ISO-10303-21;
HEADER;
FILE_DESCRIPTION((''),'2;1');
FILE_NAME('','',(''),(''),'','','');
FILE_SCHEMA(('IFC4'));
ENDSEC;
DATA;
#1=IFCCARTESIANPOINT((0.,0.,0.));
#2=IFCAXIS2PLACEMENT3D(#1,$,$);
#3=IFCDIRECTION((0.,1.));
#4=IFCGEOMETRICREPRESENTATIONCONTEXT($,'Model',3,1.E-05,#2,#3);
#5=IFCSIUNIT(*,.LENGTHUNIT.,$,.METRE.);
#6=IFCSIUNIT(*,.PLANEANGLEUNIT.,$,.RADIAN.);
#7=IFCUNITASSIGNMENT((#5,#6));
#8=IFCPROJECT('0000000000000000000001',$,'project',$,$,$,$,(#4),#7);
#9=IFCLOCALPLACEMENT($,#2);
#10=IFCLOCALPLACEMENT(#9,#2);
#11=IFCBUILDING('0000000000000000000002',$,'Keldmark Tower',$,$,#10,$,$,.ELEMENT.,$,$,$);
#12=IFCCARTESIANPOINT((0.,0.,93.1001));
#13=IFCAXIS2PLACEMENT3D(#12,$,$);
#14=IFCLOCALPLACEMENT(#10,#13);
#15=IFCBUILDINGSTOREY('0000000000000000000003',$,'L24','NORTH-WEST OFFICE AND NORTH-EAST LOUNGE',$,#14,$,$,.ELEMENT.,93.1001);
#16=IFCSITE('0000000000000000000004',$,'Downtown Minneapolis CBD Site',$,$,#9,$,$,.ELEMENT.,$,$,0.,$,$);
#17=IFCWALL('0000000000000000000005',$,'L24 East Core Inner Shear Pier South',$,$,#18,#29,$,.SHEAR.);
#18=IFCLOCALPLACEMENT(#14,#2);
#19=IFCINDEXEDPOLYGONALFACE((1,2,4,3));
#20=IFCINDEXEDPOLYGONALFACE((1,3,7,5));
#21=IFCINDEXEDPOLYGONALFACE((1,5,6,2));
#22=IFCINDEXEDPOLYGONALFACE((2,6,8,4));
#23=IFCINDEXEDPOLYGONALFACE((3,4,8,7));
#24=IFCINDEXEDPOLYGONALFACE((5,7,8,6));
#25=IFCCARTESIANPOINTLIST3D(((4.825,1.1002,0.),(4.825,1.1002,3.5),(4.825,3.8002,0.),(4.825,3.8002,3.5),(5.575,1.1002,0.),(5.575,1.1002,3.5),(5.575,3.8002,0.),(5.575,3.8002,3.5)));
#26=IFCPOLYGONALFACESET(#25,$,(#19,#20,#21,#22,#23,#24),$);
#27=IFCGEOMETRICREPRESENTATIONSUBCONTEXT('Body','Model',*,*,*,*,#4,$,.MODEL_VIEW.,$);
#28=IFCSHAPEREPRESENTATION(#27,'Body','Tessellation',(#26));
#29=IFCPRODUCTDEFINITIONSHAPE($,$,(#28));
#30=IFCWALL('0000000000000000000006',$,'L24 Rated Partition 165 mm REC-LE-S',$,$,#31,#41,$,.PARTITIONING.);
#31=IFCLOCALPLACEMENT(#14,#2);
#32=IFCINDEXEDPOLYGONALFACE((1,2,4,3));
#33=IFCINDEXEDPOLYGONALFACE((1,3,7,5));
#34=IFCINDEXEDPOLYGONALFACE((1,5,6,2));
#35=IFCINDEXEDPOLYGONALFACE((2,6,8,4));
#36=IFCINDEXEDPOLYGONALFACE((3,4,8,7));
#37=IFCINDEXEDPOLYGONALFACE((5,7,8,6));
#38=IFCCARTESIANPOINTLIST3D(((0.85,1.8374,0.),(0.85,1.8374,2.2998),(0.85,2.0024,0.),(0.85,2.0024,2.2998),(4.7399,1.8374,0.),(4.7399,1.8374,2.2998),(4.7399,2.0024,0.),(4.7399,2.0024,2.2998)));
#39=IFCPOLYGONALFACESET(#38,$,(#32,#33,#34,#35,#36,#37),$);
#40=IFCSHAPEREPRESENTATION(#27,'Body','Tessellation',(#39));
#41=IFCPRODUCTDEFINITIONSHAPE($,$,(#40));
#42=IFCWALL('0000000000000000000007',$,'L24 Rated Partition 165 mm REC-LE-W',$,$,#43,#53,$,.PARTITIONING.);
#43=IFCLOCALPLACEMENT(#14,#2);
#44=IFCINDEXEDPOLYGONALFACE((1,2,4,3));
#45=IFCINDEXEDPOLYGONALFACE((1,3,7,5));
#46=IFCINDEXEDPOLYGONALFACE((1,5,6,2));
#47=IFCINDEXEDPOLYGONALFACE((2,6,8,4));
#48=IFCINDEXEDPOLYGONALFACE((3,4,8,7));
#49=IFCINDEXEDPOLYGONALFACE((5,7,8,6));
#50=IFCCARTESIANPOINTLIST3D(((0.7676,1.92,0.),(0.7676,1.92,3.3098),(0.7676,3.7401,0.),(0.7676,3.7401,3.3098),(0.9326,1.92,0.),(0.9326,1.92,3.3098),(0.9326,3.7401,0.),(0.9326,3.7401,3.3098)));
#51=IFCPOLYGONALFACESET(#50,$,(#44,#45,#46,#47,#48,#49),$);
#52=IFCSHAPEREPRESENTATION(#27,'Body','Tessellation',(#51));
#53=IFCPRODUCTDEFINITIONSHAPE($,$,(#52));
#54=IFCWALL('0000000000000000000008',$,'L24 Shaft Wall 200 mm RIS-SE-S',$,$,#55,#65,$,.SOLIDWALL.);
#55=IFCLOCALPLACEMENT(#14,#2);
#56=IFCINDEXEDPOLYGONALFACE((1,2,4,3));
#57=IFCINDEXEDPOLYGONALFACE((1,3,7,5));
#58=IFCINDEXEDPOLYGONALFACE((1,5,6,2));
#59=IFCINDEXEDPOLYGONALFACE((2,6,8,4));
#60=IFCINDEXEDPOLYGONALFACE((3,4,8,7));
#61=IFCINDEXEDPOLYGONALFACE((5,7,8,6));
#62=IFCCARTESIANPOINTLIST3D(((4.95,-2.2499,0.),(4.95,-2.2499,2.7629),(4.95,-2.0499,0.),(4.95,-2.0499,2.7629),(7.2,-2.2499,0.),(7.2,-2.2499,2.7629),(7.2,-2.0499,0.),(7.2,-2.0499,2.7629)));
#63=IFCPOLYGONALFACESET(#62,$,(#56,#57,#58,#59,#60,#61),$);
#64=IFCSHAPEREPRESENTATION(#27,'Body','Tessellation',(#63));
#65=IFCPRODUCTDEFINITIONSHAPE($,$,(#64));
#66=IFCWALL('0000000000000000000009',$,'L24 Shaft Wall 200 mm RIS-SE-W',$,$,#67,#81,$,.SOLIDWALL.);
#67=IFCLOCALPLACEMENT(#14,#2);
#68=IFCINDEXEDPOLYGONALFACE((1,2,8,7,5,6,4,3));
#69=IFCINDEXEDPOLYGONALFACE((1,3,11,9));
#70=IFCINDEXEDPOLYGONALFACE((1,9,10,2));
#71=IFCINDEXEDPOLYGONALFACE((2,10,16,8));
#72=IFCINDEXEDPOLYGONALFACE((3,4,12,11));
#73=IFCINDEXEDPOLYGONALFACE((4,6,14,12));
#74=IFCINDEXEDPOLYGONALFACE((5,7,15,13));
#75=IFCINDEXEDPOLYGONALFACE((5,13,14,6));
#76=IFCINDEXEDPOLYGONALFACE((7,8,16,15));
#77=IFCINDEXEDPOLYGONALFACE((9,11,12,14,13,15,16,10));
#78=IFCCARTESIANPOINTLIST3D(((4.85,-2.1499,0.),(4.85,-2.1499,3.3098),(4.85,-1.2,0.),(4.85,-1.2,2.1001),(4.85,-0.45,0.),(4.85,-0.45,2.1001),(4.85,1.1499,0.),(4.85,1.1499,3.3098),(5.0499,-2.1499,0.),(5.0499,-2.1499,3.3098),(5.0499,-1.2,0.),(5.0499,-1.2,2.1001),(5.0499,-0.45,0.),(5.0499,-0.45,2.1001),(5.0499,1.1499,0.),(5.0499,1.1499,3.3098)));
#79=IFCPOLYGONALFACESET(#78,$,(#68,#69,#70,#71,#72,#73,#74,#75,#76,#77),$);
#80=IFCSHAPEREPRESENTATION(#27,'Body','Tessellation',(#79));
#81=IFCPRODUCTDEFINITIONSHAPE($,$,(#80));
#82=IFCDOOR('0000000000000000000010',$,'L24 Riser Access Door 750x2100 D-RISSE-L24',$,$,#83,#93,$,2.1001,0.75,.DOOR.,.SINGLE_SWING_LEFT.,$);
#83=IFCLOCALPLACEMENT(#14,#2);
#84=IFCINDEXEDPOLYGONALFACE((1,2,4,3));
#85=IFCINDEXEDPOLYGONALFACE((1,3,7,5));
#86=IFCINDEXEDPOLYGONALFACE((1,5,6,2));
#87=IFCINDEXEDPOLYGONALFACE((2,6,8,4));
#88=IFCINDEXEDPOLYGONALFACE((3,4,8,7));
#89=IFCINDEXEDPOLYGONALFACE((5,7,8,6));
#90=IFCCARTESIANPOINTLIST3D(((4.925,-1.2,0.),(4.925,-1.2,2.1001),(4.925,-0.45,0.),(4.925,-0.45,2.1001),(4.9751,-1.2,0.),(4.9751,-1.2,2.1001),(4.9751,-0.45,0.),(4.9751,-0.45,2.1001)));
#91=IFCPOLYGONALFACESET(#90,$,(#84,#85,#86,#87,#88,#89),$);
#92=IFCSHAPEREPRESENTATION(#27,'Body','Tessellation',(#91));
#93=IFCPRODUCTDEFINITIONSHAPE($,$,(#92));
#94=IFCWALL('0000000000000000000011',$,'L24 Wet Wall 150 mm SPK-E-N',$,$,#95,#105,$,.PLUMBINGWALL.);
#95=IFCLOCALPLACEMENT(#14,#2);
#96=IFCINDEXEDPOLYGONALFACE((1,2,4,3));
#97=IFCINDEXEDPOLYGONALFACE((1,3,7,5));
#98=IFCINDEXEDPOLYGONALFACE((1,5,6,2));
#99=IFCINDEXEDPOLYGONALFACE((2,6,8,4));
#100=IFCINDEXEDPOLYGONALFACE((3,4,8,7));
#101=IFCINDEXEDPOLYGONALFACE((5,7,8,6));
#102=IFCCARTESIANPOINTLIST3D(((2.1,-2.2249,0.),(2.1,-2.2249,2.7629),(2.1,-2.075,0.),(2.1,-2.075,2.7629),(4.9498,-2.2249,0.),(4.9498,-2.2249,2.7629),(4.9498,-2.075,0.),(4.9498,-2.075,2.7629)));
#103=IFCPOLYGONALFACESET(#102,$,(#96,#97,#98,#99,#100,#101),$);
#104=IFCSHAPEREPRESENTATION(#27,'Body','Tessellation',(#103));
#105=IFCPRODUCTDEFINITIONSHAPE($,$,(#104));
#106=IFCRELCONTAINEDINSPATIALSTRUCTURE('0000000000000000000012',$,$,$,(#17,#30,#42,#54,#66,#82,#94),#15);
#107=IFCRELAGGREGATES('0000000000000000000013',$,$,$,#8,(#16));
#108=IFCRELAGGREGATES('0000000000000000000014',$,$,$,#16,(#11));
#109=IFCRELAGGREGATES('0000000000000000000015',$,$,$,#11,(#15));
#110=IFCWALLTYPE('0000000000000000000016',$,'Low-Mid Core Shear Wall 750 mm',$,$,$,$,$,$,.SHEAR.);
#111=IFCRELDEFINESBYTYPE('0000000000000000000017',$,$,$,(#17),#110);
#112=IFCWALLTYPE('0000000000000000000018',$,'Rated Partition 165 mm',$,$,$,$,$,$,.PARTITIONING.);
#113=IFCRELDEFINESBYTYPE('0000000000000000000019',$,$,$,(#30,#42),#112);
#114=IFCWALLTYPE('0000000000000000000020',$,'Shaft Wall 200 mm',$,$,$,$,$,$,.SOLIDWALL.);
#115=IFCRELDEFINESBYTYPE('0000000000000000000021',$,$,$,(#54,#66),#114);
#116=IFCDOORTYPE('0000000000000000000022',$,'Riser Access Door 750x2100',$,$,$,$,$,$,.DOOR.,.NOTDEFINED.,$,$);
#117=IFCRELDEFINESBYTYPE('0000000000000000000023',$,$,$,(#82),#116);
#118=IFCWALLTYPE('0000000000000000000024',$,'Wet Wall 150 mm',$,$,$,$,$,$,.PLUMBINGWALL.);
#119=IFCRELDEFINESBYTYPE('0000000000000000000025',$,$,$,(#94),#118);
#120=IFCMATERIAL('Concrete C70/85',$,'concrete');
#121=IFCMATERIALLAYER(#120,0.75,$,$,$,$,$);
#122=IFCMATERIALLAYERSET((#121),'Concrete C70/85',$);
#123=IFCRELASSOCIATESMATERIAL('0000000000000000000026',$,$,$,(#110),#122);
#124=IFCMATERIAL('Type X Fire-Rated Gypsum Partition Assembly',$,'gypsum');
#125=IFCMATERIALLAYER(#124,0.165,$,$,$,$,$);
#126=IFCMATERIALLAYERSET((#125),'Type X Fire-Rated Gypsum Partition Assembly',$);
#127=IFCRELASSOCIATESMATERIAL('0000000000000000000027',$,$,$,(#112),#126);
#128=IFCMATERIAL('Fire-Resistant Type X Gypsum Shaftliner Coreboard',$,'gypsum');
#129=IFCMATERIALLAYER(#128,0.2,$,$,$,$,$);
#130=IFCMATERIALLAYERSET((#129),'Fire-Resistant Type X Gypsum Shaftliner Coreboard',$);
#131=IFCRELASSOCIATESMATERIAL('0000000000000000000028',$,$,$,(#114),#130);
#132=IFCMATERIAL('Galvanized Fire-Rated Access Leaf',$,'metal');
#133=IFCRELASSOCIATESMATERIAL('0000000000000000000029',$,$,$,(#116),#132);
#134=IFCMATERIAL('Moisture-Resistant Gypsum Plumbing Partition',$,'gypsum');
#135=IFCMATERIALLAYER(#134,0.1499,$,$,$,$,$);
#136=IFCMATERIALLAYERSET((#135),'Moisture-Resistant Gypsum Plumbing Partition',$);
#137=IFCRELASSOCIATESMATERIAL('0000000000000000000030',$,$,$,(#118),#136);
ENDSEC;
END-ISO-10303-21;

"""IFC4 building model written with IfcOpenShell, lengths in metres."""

from ifc_helpers import new_model, si_unit, direction, frame, frame_2d, origin, place, context, subcontext, project, spatial, rectangle, extrude, material, layer, layer_set, type_object, element, fill, save


model = new_model("IFC4")

# Units and contexts
model_context = context("Model", 3, precision=1e-05, world=origin(), true_north=direction((0.0, 1.0)))
body_context = subcontext(model_context, "Body", "Model", "MODEL_VIEW")
ifc_project = project(units=[si_unit("LENGTHUNIT", "METRE"), si_unit("PLANEANGLEUNIT", "RADIAN")], contexts=[model_context])

# Site, building, storey
site_placement = place(None, origin())
site = spatial("IfcSite", under=ifc_project, at=site_placement, Name="Downtown Minneapolis CBD Site", CompositionType="ELEMENT", RefElevation=0.0)
building_placement = place(site_placement, origin())
building = spatial("IfcBuilding", under=site, at=building_placement, Name="Keldmark Tower", CompositionType="ELEMENT")
storey_placement = place(building_placement, frame((0.0, 0.0, 93.1001)))
storey = spatial("IfcBuildingStorey", under=building, at=storey_placement, Name="L24", Description="NORTH-WEST OFFICE AND NORTH-EAST LOUNGE", CompositionType="ELEMENT", Elevation=93.1001)

# Walls
ifc_material_1 = material(Name="Concrete C70/85", Category="concrete")
ifc_layer_1 = layer(ifc_material_1, 0.75)
ifc_layer_set_1 = layer_set([ifc_layer_1], Name="Concrete C70/85")
wall_type_1 = type_object("IfcWallType", Name="Low-Mid Core Shear Wall 750 mm", PredefinedType="SHEAR", material=ifc_layer_set_1)
wall_1_placement = place(storey_placement, frame((5.2, 1.1001, 0.0), z_axis=(0.0, 0.0, 1.0), x_axis=(0.0, 1.0, 0.0)))
element("IfcWall", 1, at=wall_1_placement, inside=storey, type_object=wall_type_1, Name="L24 East Core Inner Shear Pier South", PredefinedType="SHEAR", context=body_context, shape_type="SweptSolid", body=[
    extrude(rectangle(XDim=2.7, YDim=0.75, at=frame_2d((1.3501, 0.0))), origin(), (0.0, 0.0, 1.0), 3.5),
])
ifc_material_2 = material(Name="Type X Fire-Rated Gypsum Partition Assembly", Category="gypsum")
ifc_layer_2 = layer(ifc_material_2, 0.165)
ifc_layer_set_2 = layer_set([ifc_layer_2], Name="Type X Fire-Rated Gypsum Partition Assembly")
wall_type_2 = type_object("IfcWallType", Name="Rated Partition 165 mm", PredefinedType="PARTITIONING", material=ifc_layer_set_2)
wall_2_placement = place(storey_placement, frame((0.8501, 1.9199, 0.0), z_axis=(0.0, 0.0, 1.0), x_axis=(1.0, 0.0, 0.0)))
element("IfcWall", 2, at=wall_2_placement, inside=storey, type_object=wall_type_2, Name="L24 Rated Partition 165 mm REC-LE-S", PredefinedType="PARTITIONING", context=body_context, shape_type="SweptSolid", body=[
    extrude(rectangle(XDim=3.8899, YDim=0.165, at=frame_2d((1.9448, 0.0))), origin(), (0.0, 0.0, 1.0), 2.2998),
])
wall_3_placement = place(storey_placement, frame((0.8501, 1.9199, 0.0), z_axis=(0.0, 0.0, 1.0), x_axis=(0.0, 1.0, 0.0)))
element("IfcWall", 3, at=wall_3_placement, inside=storey, type_object=wall_type_2, Name="L24 Rated Partition 165 mm REC-LE-W", PredefinedType="PARTITIONING", context=body_context, shape_type="SweptSolid", body=[
    extrude(rectangle(XDim=1.8201, YDim=0.165, at=frame_2d((0.9102, 0.0))), origin(), (0.0, 0.0, 1.0), 3.3098),
])
ifc_material_3 = material(Name="Fire-Resistant Type X Gypsum Shaftliner Coreboard", Category="gypsum")
ifc_layer_3 = layer(ifc_material_3, 0.2)
ifc_layer_set_3 = layer_set([ifc_layer_3], Name="Fire-Resistant Type X Gypsum Shaftliner Coreboard")
wall_type_3 = type_object("IfcWallType", Name="Shaft Wall 200 mm", PredefinedType="SOLIDWALL", material=ifc_layer_set_3)
wall_4_placement = place(storey_placement, frame((4.95, -2.1499, 0.0), z_axis=(0.0, 0.0, 1.0), x_axis=(1.0, 0.0, 0.0)))
element("IfcWall", 4, at=wall_4_placement, inside=storey, type_object=wall_type_3, Name="L24 Shaft Wall 200 mm RIS-SE-S", PredefinedType="SOLIDWALL", context=body_context, shape_type="SweptSolid", body=[
    extrude(rectangle(XDim=2.25, YDim=0.2, at=frame_2d((1.125, 0.0))), origin(), (0.0, 0.0, 1.0), 2.7629),
])

# Wall, opening, door
wall_5_placement = place(storey_placement, frame((4.95, -2.1499, 0.0), z_axis=(0.0, 0.0, 1.0), x_axis=(0.0, 1.0, 0.0)))
wall_5 = element("IfcWall", 5, at=wall_5_placement, inside=storey, type_object=wall_type_3, Name="L24 Shaft Wall 200 mm RIS-SE-W", PredefinedType="SOLIDWALL", context=body_context, shape_type="SweptSolid", body=[
    extrude(rectangle(XDim=3.2998, YDim=0.2, at=frame_2d((1.6499, 0.0))), origin(), (0.0, 0.0, 1.0), 3.3098),
])
opening_1_placement = place(wall_5_placement, frame((0.95, 0.0, 0.0)))
opening_1 = element("IfcOpeningElement", 6, at=opening_1_placement, cuts=wall_5, PredefinedType="OPENING", context=body_context, shape_type="SweptSolid", body=[
    extrude(rectangle(XDim=0.75, YDim=2.1001, at=frame_2d((0.375, 1.05))), frame((0.0, 0.1099, 0.0), z_axis=(0.0, -1.0, 0.0), x_axis=(1.0, 0.0, 0.0)), (0.0, 0.0, 1.0), 0.22),
])
ifc_material_4 = material(Name="Galvanized Fire-Rated Access Leaf", Category="metal")
door_type_1 = type_object("IfcDoorType", Name="Riser Access Door 750x2100", OperationType="NOTDEFINED", PredefinedType="DOOR", material=ifc_material_4)
door_1_placement = place(opening_1_placement, origin())
door_1 = element("IfcDoor", 7, at=door_1_placement, inside=storey, type_object=door_type_1, Name="L24 Riser Access Door 750x2100 D-RISSE-L24", OperationType="SINGLE_SWING_LEFT", OverallHeight=2.1001, OverallWidth=0.75, PredefinedType="DOOR", context=body_context, shape_type="SweptSolid", body=[
    extrude(rectangle(XDim=0.75, YDim=2.1001, at=frame_2d((0.375, 1.05))), frame((0.0, 0.0249, 0.0), z_axis=(0.0, -1.0, 0.0), x_axis=(1.0, 0.0, 0.0)), (0.0, 0.0, 1.0), 0.05),
])
fill(opening_1, door_1)

# Wall
ifc_material_5 = material(Name="Moisture-Resistant Gypsum Plumbing Partition", Category="gypsum")
ifc_layer_4 = layer(ifc_material_5, 0.1499)
ifc_layer_set_4 = layer_set([ifc_layer_4], Name="Moisture-Resistant Gypsum Plumbing Partition")
wall_type_4 = type_object("IfcWallType", Name="Wet Wall 150 mm", PredefinedType="PLUMBINGWALL", material=ifc_layer_set_4)
wall_6_placement = place(storey_placement, frame((2.1001, -2.1499, 0.0), z_axis=(0.0, 0.0, 1.0), x_axis=(1.0, 0.0, 0.0)))
element("IfcWall", 8, at=wall_6_placement, inside=storey, type_object=wall_type_4, Name="L24 Wet Wall 150 mm SPK-E-N", PredefinedType="PLUMBINGWALL", context=body_context, shape_type="SweptSolid", body=[
    extrude(rectangle(XDim=2.8499, YDim=0.1499, at=frame_2d((1.4248, 0.0))), origin(), (0.0, 0.0, 1.0), 2.7629),
])

save(model, "model.ifc")
